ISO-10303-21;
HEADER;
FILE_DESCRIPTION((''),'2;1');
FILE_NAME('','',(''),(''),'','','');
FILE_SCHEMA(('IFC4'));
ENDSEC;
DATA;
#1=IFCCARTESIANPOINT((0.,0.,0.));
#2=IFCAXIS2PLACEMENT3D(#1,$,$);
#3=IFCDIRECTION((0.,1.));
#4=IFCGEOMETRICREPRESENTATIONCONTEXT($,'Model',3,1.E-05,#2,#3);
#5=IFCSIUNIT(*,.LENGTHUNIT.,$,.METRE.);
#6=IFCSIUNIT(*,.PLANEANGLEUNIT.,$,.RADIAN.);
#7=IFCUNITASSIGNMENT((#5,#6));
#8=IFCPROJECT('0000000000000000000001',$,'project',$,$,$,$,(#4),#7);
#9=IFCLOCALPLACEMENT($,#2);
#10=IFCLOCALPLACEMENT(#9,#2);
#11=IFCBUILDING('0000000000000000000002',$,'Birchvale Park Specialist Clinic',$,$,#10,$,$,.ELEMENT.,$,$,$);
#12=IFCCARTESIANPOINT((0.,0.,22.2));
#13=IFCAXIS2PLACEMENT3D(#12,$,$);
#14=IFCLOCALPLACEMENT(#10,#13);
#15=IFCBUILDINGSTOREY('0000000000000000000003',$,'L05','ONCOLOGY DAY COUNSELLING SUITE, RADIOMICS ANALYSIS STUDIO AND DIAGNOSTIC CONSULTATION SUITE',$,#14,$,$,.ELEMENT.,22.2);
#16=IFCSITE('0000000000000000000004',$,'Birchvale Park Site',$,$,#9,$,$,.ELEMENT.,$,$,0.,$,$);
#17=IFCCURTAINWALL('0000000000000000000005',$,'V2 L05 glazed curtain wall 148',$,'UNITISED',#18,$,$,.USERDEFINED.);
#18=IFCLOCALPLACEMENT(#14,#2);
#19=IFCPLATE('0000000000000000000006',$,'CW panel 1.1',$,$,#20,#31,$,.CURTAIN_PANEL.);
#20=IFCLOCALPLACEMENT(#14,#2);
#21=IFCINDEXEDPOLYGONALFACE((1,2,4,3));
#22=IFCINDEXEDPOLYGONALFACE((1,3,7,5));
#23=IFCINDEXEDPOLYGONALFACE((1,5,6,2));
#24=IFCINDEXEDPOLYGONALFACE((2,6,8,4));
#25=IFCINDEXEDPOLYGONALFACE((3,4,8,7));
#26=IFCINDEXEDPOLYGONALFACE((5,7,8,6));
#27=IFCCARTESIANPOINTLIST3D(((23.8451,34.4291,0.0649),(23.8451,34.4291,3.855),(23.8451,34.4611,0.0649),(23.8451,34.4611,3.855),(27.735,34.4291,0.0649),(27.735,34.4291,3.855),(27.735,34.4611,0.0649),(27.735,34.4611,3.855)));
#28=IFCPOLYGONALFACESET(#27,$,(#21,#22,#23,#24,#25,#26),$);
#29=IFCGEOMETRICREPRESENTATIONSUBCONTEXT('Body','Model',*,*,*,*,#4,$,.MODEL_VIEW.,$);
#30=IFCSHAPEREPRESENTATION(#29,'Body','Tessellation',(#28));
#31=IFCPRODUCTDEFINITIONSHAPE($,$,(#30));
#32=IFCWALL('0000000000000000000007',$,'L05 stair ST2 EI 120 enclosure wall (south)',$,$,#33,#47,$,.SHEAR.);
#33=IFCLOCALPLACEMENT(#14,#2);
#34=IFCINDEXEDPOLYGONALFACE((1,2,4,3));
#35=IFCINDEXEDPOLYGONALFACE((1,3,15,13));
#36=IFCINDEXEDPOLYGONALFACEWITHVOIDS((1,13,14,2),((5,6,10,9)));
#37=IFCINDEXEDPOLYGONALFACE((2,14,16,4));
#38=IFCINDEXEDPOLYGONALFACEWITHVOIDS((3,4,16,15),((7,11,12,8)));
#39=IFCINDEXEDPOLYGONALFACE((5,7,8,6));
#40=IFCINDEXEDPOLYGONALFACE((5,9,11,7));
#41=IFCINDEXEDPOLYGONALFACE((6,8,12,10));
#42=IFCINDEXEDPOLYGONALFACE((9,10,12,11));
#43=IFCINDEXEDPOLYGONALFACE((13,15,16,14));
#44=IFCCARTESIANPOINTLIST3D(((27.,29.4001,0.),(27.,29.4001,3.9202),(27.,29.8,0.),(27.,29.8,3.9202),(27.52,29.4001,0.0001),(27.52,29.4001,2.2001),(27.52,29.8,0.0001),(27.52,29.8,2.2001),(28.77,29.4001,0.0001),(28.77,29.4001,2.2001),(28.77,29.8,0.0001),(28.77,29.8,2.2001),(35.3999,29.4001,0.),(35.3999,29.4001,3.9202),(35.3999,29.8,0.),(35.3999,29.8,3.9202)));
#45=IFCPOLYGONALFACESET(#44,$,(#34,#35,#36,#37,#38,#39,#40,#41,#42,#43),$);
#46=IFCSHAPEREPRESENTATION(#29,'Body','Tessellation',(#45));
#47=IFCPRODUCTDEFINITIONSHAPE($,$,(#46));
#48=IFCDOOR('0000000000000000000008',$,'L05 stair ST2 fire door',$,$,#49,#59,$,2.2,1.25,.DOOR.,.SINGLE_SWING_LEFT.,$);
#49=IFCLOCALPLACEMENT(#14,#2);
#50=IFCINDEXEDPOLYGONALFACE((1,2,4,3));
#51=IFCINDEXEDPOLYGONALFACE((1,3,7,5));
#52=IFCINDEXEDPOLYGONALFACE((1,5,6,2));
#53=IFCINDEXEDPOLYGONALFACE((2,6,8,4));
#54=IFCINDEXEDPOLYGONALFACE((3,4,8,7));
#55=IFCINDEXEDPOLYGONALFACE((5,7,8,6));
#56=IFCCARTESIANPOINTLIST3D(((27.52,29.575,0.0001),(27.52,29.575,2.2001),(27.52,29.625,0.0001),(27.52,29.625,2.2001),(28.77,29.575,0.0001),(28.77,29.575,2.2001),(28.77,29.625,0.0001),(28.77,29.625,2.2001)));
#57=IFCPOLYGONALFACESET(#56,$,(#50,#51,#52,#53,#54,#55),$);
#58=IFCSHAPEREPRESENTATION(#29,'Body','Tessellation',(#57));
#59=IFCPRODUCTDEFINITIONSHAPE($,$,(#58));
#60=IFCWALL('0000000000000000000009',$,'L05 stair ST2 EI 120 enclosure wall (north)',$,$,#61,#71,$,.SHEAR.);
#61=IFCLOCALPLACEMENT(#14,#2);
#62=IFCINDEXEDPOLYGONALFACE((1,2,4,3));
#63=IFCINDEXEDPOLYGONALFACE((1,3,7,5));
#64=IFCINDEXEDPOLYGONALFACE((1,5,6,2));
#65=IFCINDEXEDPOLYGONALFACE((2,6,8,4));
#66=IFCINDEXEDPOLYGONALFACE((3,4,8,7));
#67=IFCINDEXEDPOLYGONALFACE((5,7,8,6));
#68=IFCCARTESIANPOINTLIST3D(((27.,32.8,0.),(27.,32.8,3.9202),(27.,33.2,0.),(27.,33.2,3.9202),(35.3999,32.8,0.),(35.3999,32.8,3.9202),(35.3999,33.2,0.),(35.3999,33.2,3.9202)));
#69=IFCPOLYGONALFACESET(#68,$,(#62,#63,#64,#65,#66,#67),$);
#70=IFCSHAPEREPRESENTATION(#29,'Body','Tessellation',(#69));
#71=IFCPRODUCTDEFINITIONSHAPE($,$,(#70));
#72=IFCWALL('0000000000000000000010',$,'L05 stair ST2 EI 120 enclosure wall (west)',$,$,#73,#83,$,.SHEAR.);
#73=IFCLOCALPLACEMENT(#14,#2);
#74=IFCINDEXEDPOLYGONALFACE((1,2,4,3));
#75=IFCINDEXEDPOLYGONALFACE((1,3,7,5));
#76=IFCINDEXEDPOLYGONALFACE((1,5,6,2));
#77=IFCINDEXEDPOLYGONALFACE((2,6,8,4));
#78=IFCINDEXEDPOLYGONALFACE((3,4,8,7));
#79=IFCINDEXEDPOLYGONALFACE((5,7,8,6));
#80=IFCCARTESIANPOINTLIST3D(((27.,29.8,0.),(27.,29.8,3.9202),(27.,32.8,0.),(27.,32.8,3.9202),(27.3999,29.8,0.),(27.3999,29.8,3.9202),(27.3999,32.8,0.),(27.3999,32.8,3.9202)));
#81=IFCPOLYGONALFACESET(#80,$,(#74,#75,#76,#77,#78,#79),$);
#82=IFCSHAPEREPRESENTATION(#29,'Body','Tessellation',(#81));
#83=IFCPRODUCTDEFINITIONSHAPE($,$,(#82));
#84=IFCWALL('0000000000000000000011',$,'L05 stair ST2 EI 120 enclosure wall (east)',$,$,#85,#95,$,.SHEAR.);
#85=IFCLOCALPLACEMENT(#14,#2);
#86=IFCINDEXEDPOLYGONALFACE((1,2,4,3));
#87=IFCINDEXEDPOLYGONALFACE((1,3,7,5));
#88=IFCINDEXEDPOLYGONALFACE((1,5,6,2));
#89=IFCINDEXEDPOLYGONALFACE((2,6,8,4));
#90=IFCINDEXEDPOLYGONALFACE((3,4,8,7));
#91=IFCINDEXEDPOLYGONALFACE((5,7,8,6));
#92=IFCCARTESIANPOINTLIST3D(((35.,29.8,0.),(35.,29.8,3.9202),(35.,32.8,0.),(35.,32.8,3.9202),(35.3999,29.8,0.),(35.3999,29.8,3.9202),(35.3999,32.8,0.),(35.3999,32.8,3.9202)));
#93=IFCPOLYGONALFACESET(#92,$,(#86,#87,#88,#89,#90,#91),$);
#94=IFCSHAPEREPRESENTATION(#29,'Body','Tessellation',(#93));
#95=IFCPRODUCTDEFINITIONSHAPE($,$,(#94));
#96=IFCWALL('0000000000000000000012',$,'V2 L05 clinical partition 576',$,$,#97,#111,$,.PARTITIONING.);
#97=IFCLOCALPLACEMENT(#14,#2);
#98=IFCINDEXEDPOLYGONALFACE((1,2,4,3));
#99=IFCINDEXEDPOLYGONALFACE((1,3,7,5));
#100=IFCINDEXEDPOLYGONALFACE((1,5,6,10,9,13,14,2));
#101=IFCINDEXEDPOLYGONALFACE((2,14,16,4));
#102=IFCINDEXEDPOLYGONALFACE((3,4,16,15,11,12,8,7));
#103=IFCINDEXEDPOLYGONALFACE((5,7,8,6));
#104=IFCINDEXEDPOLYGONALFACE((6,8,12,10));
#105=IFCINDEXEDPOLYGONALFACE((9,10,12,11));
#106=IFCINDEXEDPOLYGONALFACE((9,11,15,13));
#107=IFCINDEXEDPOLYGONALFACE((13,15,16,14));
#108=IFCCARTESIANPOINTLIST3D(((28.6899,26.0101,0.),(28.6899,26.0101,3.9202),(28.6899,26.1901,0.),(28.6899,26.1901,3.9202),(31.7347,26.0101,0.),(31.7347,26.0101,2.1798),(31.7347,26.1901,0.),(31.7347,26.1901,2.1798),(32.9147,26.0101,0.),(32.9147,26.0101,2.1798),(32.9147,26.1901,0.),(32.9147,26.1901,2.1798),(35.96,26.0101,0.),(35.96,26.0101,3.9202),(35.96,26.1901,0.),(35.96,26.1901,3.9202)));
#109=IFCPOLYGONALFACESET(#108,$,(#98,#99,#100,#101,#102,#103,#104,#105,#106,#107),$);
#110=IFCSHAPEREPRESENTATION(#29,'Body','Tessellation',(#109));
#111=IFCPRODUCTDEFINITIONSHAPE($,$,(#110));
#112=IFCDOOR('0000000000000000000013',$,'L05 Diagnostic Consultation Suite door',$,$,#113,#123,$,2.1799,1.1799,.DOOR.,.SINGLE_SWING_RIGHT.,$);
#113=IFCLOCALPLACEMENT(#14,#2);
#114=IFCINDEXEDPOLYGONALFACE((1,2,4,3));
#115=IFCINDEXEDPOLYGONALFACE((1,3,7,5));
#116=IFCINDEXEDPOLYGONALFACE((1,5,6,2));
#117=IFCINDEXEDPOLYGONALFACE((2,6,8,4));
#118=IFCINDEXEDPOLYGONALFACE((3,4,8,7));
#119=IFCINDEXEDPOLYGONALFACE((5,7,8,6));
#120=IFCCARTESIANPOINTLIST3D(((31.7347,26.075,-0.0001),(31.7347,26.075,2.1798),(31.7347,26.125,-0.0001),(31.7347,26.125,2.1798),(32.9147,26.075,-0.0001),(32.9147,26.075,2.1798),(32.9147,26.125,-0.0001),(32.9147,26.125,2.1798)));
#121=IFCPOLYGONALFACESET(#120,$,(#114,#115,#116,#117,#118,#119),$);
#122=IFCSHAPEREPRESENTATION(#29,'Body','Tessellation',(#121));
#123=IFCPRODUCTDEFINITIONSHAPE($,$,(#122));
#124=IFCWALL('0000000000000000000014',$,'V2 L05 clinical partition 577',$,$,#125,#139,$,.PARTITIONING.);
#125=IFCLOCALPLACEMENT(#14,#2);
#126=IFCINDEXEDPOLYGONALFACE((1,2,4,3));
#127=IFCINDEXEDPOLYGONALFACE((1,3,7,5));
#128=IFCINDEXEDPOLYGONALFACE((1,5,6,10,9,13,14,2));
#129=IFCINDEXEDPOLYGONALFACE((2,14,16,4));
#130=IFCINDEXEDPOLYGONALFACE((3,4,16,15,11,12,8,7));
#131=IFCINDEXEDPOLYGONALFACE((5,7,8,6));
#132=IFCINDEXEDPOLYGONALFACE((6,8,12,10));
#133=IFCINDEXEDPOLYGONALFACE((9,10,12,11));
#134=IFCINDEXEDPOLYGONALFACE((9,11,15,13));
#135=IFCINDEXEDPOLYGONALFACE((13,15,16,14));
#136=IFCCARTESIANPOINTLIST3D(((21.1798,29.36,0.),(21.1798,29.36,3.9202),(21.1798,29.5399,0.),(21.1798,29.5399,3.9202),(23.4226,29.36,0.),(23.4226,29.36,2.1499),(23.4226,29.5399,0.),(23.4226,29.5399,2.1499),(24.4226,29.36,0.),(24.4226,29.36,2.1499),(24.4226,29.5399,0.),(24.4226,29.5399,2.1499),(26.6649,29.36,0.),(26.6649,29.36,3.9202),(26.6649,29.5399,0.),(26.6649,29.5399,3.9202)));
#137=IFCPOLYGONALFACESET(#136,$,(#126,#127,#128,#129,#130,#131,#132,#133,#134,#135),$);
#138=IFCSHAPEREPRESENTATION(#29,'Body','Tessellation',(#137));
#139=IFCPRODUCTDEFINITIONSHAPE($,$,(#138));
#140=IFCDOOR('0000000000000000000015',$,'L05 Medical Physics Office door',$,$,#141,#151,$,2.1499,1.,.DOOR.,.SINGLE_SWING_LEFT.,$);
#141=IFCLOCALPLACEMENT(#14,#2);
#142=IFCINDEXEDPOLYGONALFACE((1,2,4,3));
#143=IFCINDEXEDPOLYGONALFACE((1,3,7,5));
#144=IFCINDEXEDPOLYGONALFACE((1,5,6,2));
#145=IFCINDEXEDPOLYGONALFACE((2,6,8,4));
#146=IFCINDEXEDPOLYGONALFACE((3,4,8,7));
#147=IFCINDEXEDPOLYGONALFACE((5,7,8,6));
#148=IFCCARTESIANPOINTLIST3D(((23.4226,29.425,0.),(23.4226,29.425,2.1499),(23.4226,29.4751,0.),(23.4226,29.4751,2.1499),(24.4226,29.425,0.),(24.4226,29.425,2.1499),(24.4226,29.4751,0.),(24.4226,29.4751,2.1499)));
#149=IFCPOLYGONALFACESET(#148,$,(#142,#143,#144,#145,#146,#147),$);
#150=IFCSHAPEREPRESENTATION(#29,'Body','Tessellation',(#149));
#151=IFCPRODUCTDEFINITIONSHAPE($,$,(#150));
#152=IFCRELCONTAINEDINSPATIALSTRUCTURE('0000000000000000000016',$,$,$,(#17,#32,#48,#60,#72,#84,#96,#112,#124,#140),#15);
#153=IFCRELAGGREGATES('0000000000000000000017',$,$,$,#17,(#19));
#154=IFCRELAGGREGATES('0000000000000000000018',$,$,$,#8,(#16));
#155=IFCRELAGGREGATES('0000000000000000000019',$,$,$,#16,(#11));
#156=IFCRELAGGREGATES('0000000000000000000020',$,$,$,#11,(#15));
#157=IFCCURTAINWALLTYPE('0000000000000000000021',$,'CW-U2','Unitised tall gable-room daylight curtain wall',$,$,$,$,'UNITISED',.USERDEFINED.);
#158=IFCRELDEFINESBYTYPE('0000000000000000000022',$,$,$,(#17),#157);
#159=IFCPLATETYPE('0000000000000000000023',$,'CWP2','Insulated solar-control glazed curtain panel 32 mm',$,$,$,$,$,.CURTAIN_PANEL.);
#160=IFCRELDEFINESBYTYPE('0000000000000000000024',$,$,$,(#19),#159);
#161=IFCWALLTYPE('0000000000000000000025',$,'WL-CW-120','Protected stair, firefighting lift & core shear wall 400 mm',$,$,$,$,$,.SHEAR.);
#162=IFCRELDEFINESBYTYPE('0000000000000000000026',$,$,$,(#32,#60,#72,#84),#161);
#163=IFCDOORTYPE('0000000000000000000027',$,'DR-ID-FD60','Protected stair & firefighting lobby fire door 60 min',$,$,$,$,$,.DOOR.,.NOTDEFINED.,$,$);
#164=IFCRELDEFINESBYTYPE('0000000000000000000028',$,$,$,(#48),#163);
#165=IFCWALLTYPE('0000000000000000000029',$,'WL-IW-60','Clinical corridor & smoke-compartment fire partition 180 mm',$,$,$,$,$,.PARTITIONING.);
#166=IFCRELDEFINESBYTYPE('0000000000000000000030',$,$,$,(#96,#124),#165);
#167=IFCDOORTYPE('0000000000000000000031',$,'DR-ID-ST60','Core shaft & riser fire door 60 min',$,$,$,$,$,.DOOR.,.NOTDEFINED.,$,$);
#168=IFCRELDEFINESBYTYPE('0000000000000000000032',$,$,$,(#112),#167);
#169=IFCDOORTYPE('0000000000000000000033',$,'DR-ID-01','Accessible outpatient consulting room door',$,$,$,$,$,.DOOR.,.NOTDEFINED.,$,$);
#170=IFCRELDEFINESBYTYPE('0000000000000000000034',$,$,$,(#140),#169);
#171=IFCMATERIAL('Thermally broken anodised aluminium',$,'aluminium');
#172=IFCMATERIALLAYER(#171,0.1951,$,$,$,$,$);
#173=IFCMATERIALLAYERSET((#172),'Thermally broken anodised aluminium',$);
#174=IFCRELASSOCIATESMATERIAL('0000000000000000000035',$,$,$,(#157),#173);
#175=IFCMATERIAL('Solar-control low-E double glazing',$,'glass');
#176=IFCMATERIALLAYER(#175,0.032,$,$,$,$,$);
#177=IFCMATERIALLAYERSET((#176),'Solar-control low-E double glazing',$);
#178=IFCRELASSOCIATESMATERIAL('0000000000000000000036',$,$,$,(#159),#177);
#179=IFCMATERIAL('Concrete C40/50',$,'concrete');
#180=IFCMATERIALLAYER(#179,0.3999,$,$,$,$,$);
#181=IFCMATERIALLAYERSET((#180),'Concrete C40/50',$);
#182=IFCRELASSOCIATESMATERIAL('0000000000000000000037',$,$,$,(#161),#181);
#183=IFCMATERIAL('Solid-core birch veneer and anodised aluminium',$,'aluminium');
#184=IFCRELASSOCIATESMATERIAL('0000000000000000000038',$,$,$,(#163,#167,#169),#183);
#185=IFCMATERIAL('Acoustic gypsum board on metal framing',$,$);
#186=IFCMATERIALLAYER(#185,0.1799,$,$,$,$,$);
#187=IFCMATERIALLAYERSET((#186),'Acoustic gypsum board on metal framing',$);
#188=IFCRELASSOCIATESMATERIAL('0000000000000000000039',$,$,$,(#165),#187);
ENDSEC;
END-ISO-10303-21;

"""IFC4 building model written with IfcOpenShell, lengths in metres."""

from ifc_helpers import new_model, si_unit, direction, frame, frame_2d, origin, origin_2d, place, context, subcontext, project, spatial, rectangle, extrude, material, layer, layer_set, type_object, element, fill, aggregate, save


model = new_model("IFC4")

# Units and contexts
model_context = context("Model", 3, precision=1e-05, world=origin(), true_north=direction((0.0, 1.0)))
body_context = subcontext(model_context, "Body", "Model", "MODEL_VIEW")
ifc_project = project(units=[si_unit("LENGTHUNIT", "METRE"), si_unit("PLANEANGLEUNIT", "RADIAN")], contexts=[model_context])

# Site, building, storey
site_placement = place(None, origin())
site = spatial("IfcSite", under=ifc_project, at=site_placement, Name="Birchvale Park Site", CompositionType="ELEMENT", RefElevation=0.0)
building_placement = place(site_placement, origin())
building = spatial("IfcBuilding", under=site, at=building_placement, Name="Birchvale Park Specialist Clinic", CompositionType="ELEMENT")
storey_placement = place(building_placement, frame((0.0, 0.0, 22.2)))
storey = spatial("IfcBuildingStorey", under=building, at=storey_placement, Name="L05", Description="ONCOLOGY DAY COUNSELLING SUITE, RADIOMICS ANALYSIS STUDIO AND DIAGNOSTIC CONSULTATION SUITE", CompositionType="ELEMENT", Elevation=22.2)

# Shared definitions
ifc_material_1 = material(Name="Concrete C40/50", Category="concrete")

# Shared definitions
ifc_material_2 = material(Name="Thermally broken anodised aluminium", Category="aluminium")
ifc_layer_1 = layer(ifc_material_2, 0.1951)
ifc_layer_set_1 = layer_set([ifc_layer_1], Name="Thermally broken anodised aluminium")
curtain_wall_type = type_object("IfcCurtainWallType", Name="CW-U2", Description="Unitised tall gable-room daylight curtain wall", ElementType="UNITISED", PredefinedType="USERDEFINED", material=ifc_layer_set_1)

# Curtain wall
curtain_wall_1_placement = place(storey_placement, origin())
curtain_wall_1 = element("IfcCurtainWall", 1, at=curtain_wall_1_placement, inside=storey, type_object=curtain_wall_type, Name="V2 L05 glazed curtain wall 148", ObjectType="UNITISED", PredefinedType="USERDEFINED")

# Plate
ifc_material_3 = material(Name="Solar-control low-E double glazing", Category="glass")
ifc_layer_2 = layer(ifc_material_3, 0.032)
ifc_layer_set_2 = layer_set([ifc_layer_2], Name="Solar-control low-E double glazing")
plate_type = type_object("IfcPlateType", Name="CWP2", Description="Insulated solar-control glazed curtain panel 32 mm", PredefinedType="CURTAIN_PANEL", material=ifc_layer_set_2)
plate_1_placement = place(storey_placement, frame((25.79, 34.4451, 0.0649), z_axis=(0.0, 0.0, 1.0), x_axis=(-1.0, 0.0, 0.0)))
plate_1 = element("IfcPlate", 2, at=plate_1_placement, type_object=plate_type, Name="CW panel 1.1", PredefinedType="CURTAIN_PANEL", context=body_context, shape_type="SweptSolid", body=[
    extrude(rectangle(XDim=3.8899, YDim=0.032, at=origin_2d()), origin(), (0.0, 0.0, 1.0), 3.79),
])
aggregate(curtain_wall_1, [plate_1])

# Wall, opening, door
ifc_layer_3 = layer(ifc_material_1, 0.3999)
ifc_layer_set_3 = layer_set([ifc_layer_3], Name="Concrete C40/50")
wall_type_1 = type_object("IfcWallType", Name="WL-CW-120", Description="Protected stair, firefighting lift & core shear wall 400 mm", PredefinedType="SHEAR", material=ifc_layer_set_3)
wall_1_placement = place(storey_placement, frame((27.0, 29.6001, 0.0), z_axis=(0.0, 0.0, 1.0), x_axis=(1.0, 0.0, 0.0)))
wall_1 = element("IfcWall", 3, at=wall_1_placement, inside=storey, type_object=wall_type_1, Name="L05 stair ST2 EI 120 enclosure wall (south)", PredefinedType="SHEAR", context=body_context, shape_type="SweptSolid", body=[
    extrude(rectangle(XDim=8.3999, YDim=0.3999, at=frame_2d((4.2, 0.0))), origin(), (0.0, 0.0, 1.0), 3.9202),
])
opening_1_placement = place(wall_1_placement, frame((0.52, 0.0, 0.0)))
opening_1 = element("IfcOpeningElement", 4, at=opening_1_placement, cuts=wall_1, PredefinedType="OPENING", context=body_context, shape_type="SweptSolid", body=[
    extrude(rectangle(XDim=1.25, YDim=2.2, at=frame_2d((0.625, 1.1001))), frame((0.0, 0.21, 0.0), z_axis=(0.0, -1.0, 0.0), x_axis=(1.0, 0.0, 0.0)), (0.0, 0.0, 1.0), 0.4199),
])
ifc_material_4 = material(Name="Solid-core birch veneer and anodised aluminium", Category="aluminium")
door_type_1 = type_object("IfcDoorType", Name="DR-ID-FD60", Description="Protected stair & firefighting lobby fire door 60 min", OperationType="NOTDEFINED", PredefinedType="DOOR", material=ifc_material_4)
door_1_placement = place(opening_1_placement, origin())
door_1 = element("IfcDoor", 5, at=door_1_placement, inside=storey, type_object=door_type_1, Name="L05 stair ST2 fire door", OperationType="SINGLE_SWING_LEFT", OverallHeight=2.2, OverallWidth=1.25, PredefinedType="DOOR", context=body_context, shape_type="SweptSolid", body=[
    extrude(rectangle(XDim=1.25, YDim=2.2, at=frame_2d((0.625, 1.1001))), frame((0.0, 0.0249, 0.0), z_axis=(0.0, -1.0, 0.0), x_axis=(1.0, 0.0, 0.0)), (0.0, 0.0, 1.0), 0.05),
])
fill(opening_1, door_1)

# Walls
wall_2_placement = place(storey_placement, frame((35.3999, 33.0, 0.0), z_axis=(0.0, 0.0, 1.0), x_axis=(-1.0, 0.0, 0.0)))
element("IfcWall", 6, at=wall_2_placement, inside=storey, type_object=wall_type_1, Name="L05 stair ST2 EI 120 enclosure wall (north)", PredefinedType="SHEAR", context=body_context, shape_type="SweptSolid", body=[
    extrude(rectangle(XDim=8.3999, YDim=0.3999, at=frame_2d((4.2, 0.0))), origin(), (0.0, 0.0, 1.0), 3.9202),
])
for number, where, z_axis, x_axis, name in (
    (7, (27.2, 29.8, 0.0), (0.0, 0.0, 1.0), (0.0, 1.0, 0.0), "L05 stair ST2 EI 120 enclosure wall (west)"),
    (8, (35.2, 32.8, 0.0), (0.0, 0.0, 1.0), (0.0, -1.0, 0.0), "L05 stair ST2 EI 120 enclosure wall (east)"),
):
    element("IfcWall", number, at=place(storey_placement, frame(where, z_axis=z_axis, x_axis=x_axis)), inside=storey, type_object=wall_type_1, Name=name, PredefinedType="SHEAR", context=body_context, shape_type="SweptSolid", body=[
        extrude(rectangle(XDim=3.0, YDim=0.3999, at=frame_2d((1.5, 0.0))), origin(), (0.0, 0.0, 1.0), 3.9202),
    ])

# Walls, openings, doors
ifc_material_5 = material(Name="Acoustic gypsum board on metal framing")
ifc_layer_4 = layer(ifc_material_5, 0.1799)
ifc_layer_set_4 = layer_set([ifc_layer_4], Name="Acoustic gypsum board on metal framing")
wall_type_2 = type_object("IfcWallType", Name="WL-IW-60", Description="Clinical corridor & smoke-compartment fire partition 180 mm", PredefinedType="PARTITIONING", material=ifc_layer_set_4)
wall_3_placement = place(storey_placement, frame((28.6899, 26.1001, 0.0), z_axis=(0.0, 0.0, 1.0), x_axis=(1.0, 0.0, 0.0)))
wall_3 = element("IfcWall", 9, at=wall_3_placement, inside=storey, type_object=wall_type_2, Name="V2 L05 clinical partition 576", PredefinedType="PARTITIONING", context=body_context, shape_type="SweptSolid", body=[
    extrude(rectangle(XDim=7.27, YDim=0.1799, at=frame_2d((3.635, 0.0))), origin(), (0.0, 0.0, 1.0), 3.9202),
])
opening_2_placement = place(wall_3_placement, frame((3.0449, 0.0, 0.0)))
opening_2 = element("IfcOpeningElement", 10, at=opening_2_placement, cuts=wall_3, PredefinedType="OPENING", context=body_context, shape_type="SweptSolid", body=[
    extrude(rectangle(XDim=1.1799, YDim=2.1799, at=frame_2d((0.5898, 1.0898))), frame((0.0, 0.1001, 0.0), z_axis=(0.0, -1.0, 0.0), x_axis=(1.0, 0.0, 0.0)), (0.0, 0.0, 1.0), 0.2),
])
door_type_2 = type_object("IfcDoorType", Name="DR-ID-ST60", Description="Core shaft & riser fire door 60 min", OperationType="NOTDEFINED", PredefinedType="DOOR", material=ifc_material_4)
door_2_placement = place(opening_2_placement, origin())
door_2 = element("IfcDoor", 11, at=door_2_placement, inside=storey, type_object=door_type_2, Name="L05 Diagnostic Consultation Suite door", OperationType="SINGLE_SWING_RIGHT", OverallHeight=2.1799, OverallWidth=1.1799, PredefinedType="DOOR", context=body_context, shape_type="SweptSolid", body=[
    extrude(rectangle(XDim=1.1799, YDim=2.1799, at=frame_2d((0.5898, 1.0898))), frame((0.0, 0.0249, 0.0), z_axis=(0.0, -1.0, 0.0), x_axis=(1.0, 0.0, 0.0)), (0.0, 0.0, 1.0), 0.05),
])
fill(opening_2, door_2)
wall_4_placement = place(storey_placement, frame((26.665, 29.45, 0.0), z_axis=(0.0, 0.0, 1.0), x_axis=(-1.0, 0.0, 0.0)))
wall_4 = element("IfcWall", 12, at=wall_4_placement, inside=storey, type_object=wall_type_2, Name="V2 L05 clinical partition 577", PredefinedType="PARTITIONING", context=body_context, shape_type="SweptSolid", body=[
    extrude(rectangle(XDim=5.4851, YDim=0.1799, at=frame_2d((2.7427, 0.0))), origin(), (0.0, 0.0, 1.0), 3.9202),
])
opening_3_placement = place(wall_4_placement, frame((2.2424, 0.0, 0.0)))
opening_3 = element("IfcOpeningElement", 13, at=opening_3_placement, cuts=wall_4, PredefinedType="OPENING", context=body_context, shape_type="SweptSolid", body=[
    extrude(rectangle(XDim=1.0, YDim=2.1499, at=frame_2d((0.5, 1.075))), frame((0.0, 0.1001, 0.0), z_axis=(0.0, -1.0, 0.0), x_axis=(1.0, 0.0, 0.0)), (0.0, 0.0, 1.0), 0.2),
])
door_type_3 = type_object("IfcDoorType", Name="DR-ID-01", Description="Accessible outpatient consulting room door", OperationType="NOTDEFINED", PredefinedType="DOOR", material=ifc_material_4)
door_3_placement = place(opening_3_placement, origin())
door_3 = element("IfcDoor", 14, at=door_3_placement, inside=storey, type_object=door_type_3, Name="L05 Medical Physics Office door", OperationType="SINGLE_SWING_LEFT", OverallHeight=2.1499, OverallWidth=1.0, PredefinedType="DOOR", context=body_context, shape_type="SweptSolid", body=[
    extrude(rectangle(XDim=1.0, YDim=2.1499, at=frame_2d((0.5, 1.075))), frame((0.0, 0.0249, 0.0), z_axis=(0.0, -1.0, 0.0), x_axis=(1.0, 0.0, 0.0)), (0.0, 0.0, 1.0), 0.05),
])
fill(opening_3, door_3)

save(model, "model.ifc")
